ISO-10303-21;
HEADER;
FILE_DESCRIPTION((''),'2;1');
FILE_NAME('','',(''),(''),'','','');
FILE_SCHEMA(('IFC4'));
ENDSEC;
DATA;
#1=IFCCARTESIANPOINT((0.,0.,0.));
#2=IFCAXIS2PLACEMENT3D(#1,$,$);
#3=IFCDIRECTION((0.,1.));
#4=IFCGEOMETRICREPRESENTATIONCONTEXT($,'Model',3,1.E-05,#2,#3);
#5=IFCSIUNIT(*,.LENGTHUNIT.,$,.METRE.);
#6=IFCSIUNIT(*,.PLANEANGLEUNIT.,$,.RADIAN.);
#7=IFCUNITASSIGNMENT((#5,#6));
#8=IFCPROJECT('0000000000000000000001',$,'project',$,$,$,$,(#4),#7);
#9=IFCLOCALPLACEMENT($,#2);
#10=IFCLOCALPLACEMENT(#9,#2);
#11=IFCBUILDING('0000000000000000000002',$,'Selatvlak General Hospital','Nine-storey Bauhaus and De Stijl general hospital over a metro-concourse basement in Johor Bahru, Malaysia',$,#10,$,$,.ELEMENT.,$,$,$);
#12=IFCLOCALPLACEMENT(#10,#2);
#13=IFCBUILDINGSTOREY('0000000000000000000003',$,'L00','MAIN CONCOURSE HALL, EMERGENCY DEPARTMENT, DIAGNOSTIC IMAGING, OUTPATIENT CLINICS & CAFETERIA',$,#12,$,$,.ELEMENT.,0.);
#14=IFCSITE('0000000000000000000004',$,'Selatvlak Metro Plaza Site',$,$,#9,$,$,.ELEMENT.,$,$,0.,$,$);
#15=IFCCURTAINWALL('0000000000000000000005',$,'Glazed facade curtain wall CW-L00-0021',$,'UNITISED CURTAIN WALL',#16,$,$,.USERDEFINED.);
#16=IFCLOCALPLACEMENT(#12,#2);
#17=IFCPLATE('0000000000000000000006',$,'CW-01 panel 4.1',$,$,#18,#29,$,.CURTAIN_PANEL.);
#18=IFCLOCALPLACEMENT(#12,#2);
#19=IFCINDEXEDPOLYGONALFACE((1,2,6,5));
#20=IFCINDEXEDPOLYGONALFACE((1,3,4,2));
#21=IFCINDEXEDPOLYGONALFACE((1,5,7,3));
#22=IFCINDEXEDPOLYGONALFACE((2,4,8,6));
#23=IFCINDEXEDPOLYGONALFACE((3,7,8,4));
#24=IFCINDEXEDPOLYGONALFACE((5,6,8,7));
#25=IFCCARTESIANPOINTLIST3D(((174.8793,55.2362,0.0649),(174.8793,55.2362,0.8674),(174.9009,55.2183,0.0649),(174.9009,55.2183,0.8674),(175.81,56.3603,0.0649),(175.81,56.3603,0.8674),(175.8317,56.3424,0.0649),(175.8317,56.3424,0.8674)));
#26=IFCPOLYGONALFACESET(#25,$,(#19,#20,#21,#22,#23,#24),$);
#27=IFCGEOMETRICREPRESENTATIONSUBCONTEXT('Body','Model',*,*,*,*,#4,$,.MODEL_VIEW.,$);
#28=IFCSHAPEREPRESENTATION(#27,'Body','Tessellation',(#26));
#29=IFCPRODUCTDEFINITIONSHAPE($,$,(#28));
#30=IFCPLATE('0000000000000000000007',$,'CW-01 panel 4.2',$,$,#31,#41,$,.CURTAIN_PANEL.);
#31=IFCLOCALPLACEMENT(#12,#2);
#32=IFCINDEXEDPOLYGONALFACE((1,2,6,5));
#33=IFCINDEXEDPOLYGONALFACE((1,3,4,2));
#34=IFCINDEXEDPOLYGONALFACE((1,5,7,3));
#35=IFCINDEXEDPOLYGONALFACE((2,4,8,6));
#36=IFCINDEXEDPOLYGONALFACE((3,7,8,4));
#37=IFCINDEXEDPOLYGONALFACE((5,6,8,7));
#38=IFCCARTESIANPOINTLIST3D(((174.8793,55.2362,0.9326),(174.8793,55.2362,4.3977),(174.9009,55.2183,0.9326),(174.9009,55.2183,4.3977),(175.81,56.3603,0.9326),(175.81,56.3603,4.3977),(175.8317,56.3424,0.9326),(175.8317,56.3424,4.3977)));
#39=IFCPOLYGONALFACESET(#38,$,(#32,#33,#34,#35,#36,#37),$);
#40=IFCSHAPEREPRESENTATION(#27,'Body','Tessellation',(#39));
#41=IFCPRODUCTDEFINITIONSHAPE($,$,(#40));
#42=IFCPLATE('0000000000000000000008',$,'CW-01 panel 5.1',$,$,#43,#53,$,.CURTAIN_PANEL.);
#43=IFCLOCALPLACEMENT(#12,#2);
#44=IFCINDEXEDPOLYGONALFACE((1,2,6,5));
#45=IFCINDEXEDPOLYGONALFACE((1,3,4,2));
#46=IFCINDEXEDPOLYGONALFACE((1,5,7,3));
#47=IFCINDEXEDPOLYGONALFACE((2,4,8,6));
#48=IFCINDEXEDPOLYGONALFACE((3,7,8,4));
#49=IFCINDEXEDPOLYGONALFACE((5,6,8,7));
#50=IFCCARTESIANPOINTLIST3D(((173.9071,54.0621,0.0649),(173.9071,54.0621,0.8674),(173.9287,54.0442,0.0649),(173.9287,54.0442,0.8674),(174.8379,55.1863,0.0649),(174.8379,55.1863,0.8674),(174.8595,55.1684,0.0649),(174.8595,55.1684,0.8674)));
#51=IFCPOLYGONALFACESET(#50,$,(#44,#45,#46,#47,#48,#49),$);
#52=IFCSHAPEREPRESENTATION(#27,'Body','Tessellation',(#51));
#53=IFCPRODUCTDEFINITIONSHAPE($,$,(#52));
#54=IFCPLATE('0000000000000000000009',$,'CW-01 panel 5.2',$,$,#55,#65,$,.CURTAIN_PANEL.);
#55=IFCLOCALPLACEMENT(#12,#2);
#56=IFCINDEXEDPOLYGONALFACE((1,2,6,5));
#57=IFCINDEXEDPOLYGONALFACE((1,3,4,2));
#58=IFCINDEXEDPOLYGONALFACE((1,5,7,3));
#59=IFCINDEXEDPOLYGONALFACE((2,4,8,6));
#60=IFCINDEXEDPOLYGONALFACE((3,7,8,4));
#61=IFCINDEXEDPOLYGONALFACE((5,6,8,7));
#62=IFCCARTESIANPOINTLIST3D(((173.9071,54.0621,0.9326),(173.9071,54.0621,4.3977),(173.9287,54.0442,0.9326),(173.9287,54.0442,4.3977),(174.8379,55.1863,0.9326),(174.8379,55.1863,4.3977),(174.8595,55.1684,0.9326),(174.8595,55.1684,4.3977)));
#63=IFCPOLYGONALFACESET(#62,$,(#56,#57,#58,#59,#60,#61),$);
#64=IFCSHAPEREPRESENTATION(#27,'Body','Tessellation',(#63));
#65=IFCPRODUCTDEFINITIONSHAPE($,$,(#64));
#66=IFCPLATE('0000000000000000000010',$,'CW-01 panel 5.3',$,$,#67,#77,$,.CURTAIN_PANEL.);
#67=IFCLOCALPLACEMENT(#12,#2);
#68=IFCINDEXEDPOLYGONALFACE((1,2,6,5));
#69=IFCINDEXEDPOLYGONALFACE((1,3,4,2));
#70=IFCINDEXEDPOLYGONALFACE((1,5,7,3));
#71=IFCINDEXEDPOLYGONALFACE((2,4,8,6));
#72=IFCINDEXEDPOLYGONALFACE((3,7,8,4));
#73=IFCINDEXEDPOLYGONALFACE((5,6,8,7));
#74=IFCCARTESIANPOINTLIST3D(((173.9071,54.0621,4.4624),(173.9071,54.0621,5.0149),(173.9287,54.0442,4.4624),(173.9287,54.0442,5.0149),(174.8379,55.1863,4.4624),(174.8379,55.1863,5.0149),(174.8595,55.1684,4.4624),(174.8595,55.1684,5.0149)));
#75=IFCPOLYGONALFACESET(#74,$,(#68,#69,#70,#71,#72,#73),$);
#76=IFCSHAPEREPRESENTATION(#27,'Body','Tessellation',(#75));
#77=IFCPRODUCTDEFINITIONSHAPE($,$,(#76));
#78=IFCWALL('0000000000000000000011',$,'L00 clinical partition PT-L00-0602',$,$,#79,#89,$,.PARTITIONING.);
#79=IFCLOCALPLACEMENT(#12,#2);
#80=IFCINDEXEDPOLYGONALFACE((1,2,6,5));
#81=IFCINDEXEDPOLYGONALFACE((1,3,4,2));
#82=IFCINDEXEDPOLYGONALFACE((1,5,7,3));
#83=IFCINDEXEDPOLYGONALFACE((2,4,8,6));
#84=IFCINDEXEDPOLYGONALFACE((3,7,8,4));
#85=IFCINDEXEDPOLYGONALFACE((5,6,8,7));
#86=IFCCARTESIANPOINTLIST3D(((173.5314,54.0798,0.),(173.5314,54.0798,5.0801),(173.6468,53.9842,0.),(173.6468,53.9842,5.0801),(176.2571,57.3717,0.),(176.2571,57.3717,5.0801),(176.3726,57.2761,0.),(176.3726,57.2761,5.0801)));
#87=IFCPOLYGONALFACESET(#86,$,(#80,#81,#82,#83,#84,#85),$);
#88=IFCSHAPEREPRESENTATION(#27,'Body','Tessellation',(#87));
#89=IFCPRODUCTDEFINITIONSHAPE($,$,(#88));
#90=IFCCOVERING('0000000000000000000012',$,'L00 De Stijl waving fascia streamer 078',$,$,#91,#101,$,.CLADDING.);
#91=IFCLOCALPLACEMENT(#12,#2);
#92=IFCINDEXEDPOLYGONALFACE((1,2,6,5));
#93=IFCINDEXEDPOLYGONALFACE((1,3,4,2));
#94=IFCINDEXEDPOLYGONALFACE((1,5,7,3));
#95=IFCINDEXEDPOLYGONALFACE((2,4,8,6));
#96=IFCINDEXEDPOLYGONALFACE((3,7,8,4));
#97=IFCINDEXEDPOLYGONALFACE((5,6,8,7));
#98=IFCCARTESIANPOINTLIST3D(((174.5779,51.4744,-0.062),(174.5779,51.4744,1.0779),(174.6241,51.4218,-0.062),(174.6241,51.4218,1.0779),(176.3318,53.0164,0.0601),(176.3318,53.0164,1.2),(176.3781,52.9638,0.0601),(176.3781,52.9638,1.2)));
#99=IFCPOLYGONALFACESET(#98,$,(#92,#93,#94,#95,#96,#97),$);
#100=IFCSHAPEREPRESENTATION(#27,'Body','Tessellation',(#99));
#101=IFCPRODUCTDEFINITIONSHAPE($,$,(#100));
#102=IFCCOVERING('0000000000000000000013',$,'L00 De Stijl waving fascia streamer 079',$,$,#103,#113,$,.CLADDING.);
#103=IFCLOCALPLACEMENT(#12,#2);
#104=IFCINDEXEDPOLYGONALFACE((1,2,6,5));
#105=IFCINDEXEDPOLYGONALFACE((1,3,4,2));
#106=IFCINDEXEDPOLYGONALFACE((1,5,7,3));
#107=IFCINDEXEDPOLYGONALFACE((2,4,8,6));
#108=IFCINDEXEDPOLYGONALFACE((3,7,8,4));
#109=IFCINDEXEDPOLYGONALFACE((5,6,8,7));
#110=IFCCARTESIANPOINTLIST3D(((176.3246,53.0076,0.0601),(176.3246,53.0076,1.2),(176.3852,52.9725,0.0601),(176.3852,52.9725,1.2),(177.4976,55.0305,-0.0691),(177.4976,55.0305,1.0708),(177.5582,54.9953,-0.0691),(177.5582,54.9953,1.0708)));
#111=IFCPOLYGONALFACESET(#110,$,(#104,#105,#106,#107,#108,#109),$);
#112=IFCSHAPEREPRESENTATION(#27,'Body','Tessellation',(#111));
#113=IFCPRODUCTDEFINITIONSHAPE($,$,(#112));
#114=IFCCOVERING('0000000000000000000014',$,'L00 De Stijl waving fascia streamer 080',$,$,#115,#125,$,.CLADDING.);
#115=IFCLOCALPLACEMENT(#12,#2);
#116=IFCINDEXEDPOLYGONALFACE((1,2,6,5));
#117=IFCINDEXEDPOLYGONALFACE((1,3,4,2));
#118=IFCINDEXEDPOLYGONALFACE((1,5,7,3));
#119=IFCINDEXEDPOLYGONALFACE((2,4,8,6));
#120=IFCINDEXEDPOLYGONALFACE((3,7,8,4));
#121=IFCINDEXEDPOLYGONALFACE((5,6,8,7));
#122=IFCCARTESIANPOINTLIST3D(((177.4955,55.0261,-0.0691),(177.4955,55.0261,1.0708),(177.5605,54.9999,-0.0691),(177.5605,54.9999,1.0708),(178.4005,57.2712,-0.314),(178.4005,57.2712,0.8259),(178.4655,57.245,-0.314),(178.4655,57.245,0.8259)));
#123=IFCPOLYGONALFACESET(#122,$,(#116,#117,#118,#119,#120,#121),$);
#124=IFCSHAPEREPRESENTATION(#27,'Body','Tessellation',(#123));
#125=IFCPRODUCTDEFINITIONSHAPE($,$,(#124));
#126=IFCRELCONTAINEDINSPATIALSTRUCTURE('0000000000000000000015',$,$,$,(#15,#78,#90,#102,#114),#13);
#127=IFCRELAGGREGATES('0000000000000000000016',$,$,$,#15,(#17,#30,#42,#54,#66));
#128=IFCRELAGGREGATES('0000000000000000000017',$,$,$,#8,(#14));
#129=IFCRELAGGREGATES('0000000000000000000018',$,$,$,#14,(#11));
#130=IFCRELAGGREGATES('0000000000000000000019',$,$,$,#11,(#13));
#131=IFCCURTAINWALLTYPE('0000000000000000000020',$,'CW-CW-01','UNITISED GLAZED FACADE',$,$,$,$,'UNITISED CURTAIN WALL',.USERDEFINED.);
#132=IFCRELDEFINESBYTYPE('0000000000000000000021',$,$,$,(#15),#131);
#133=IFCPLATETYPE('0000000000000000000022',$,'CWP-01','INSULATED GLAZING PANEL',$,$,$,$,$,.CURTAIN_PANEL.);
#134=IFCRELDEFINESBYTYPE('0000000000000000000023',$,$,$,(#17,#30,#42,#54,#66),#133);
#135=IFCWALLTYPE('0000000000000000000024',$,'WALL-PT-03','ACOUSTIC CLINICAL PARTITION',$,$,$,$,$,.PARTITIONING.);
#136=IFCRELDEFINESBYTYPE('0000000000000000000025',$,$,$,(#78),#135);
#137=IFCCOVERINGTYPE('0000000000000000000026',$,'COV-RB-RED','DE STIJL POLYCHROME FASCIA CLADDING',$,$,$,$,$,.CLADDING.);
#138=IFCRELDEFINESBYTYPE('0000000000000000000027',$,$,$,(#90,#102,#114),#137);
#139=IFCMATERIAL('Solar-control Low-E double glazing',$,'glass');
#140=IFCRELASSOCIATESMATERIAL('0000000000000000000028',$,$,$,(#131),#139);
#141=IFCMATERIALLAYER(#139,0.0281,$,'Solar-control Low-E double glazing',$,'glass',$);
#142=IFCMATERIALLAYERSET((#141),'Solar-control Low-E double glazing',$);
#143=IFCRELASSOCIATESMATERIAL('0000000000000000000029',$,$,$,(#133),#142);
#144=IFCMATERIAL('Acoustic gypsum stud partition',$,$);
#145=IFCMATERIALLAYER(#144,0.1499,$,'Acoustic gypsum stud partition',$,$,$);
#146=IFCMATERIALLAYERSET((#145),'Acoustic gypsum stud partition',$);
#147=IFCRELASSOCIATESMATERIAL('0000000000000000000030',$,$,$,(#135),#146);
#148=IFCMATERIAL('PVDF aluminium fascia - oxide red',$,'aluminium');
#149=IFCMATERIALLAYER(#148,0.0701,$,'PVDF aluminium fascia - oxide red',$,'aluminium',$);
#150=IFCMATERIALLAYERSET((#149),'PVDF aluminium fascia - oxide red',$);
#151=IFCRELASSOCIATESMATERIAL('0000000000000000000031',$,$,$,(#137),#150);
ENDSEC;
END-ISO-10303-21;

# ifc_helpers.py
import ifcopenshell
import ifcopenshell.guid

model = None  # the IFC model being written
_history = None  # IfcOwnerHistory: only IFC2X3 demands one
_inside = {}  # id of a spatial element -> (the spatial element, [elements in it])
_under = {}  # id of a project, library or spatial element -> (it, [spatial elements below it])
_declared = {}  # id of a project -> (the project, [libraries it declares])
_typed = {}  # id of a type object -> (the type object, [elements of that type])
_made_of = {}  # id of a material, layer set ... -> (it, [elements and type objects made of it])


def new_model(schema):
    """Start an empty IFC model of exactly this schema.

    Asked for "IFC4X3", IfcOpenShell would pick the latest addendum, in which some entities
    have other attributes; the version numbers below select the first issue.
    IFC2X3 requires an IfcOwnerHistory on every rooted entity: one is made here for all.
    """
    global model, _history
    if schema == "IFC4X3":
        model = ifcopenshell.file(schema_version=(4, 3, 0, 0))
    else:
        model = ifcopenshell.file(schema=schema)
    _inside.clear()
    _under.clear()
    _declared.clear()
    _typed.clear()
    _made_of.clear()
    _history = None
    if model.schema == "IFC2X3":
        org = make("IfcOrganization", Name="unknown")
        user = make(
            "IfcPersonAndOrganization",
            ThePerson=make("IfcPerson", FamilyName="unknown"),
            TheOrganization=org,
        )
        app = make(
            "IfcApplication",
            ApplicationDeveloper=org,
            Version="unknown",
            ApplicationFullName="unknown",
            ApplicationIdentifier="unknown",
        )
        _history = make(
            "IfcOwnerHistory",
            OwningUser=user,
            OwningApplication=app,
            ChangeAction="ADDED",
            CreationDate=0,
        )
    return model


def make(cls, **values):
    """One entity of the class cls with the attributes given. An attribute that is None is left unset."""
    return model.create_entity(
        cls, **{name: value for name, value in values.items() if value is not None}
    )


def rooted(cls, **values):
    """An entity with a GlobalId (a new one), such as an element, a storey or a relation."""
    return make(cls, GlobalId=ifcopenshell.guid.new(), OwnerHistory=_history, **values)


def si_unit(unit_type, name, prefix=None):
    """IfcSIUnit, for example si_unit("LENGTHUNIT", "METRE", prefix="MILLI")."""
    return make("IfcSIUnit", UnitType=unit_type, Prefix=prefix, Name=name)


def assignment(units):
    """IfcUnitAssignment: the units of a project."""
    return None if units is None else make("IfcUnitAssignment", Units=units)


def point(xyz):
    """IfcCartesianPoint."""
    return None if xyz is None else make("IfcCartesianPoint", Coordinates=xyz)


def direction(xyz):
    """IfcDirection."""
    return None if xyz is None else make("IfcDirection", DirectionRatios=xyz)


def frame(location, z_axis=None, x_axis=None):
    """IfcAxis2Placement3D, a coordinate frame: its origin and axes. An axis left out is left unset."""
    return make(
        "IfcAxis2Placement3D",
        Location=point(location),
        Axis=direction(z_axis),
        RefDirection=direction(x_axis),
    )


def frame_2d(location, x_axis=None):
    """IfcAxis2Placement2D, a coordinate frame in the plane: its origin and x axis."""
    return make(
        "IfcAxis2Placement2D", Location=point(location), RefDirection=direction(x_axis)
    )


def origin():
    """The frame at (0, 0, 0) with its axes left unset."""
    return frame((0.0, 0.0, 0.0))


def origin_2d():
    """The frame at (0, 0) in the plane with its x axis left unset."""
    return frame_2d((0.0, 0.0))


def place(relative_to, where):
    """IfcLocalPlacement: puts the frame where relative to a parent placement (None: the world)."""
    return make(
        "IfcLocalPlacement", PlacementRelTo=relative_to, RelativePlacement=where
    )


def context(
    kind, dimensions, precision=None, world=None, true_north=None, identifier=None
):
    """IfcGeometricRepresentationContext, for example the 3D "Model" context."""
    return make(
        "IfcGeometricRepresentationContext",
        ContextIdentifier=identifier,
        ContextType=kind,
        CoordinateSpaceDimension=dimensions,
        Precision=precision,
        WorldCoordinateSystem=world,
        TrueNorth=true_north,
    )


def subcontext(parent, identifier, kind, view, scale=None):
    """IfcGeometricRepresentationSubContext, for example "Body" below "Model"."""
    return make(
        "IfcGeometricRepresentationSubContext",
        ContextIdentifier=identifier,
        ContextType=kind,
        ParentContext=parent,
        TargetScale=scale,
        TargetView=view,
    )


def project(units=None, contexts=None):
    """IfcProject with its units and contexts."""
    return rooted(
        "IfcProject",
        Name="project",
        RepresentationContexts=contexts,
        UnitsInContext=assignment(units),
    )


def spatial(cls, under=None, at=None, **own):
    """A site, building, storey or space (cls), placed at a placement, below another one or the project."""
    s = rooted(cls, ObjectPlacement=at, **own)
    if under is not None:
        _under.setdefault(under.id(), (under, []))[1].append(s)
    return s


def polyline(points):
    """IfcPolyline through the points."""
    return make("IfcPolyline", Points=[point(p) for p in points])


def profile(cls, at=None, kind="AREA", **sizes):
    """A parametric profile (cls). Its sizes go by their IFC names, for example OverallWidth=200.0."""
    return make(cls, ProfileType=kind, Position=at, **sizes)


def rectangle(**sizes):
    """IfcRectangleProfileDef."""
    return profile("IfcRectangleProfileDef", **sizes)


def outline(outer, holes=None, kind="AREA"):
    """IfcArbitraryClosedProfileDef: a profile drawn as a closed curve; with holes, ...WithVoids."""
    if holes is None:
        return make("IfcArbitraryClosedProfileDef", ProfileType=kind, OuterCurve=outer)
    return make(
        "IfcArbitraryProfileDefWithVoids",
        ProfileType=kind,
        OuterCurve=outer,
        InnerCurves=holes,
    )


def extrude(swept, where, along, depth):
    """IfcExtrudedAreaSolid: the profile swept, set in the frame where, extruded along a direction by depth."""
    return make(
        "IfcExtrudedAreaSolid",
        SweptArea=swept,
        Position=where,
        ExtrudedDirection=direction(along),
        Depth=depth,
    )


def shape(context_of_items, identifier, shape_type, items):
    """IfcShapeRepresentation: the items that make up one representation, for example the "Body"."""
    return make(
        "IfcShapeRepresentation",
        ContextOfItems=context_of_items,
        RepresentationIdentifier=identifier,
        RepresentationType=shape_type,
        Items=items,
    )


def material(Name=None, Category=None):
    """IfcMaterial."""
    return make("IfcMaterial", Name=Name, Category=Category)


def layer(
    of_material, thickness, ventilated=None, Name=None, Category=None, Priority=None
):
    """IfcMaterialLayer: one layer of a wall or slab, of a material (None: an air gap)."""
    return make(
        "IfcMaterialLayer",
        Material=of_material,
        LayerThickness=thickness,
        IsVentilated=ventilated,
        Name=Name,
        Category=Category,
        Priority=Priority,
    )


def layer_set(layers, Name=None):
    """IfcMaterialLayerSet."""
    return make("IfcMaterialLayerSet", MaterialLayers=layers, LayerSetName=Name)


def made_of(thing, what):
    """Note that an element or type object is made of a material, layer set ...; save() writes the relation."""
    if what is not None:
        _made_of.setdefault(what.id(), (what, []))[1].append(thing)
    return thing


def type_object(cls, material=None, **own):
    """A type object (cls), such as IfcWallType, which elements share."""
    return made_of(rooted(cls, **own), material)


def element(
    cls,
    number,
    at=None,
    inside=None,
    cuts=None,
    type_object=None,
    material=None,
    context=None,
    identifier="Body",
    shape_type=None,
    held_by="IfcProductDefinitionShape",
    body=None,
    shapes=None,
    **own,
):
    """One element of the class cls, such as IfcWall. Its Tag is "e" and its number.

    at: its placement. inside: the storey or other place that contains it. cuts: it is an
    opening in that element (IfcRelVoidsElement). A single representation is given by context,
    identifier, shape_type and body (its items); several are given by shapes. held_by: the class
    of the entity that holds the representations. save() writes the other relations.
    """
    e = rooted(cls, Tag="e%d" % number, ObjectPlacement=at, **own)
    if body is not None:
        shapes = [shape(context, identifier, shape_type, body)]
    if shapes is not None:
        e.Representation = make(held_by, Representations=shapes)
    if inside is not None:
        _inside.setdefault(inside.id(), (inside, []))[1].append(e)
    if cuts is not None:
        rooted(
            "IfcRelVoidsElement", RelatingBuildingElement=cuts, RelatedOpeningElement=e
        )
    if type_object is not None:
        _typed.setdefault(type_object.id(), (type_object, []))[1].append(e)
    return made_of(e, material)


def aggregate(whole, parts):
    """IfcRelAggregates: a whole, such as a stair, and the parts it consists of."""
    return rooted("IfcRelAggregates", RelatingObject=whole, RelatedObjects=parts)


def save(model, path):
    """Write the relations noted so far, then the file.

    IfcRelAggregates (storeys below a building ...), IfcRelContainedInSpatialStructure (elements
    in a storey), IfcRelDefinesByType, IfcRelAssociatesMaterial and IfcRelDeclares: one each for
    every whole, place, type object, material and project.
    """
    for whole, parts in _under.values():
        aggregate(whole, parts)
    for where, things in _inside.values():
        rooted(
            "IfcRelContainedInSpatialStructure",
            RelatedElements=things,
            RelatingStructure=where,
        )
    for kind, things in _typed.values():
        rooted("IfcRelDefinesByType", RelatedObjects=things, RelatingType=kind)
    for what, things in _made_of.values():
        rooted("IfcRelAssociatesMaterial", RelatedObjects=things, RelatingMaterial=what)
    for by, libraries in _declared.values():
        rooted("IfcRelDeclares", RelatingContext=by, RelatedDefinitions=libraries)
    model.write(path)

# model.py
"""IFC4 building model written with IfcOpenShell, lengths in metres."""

from ifc_helpers import new_model, si_unit, direction, frame, frame_2d, origin, origin_2d, place, context, subcontext, project, spatial, polyline, rectangle, outline, extrude, material, layer, layer_set, type_object, element, aggregate, save


model = new_model("IFC4")

# Units and contexts
model_context = context("Model", 3, precision=1e-05, world=origin(), true_north=direction((0.0, 1.0)))
body_context = subcontext(model_context, "Body", "Model", "MODEL_VIEW")
ifc_project = project(units=[si_unit("LENGTHUNIT", "METRE"), si_unit("PLANEANGLEUNIT", "RADIAN")], contexts=[model_context])

# Site, building, storey
site_placement = place(None, origin())
site = spatial("IfcSite", under=ifc_project, at=site_placement, Name="Selatvlak Metro Plaza Site", CompositionType="ELEMENT", RefElevation=0.0)
building_placement = place(site_placement, origin())
building = spatial("IfcBuilding", under=site, at=building_placement, Name="Selatvlak General Hospital", Description="Nine-storey Bauhaus and De Stijl general hospital over a metro-concourse basement in Johor Bahru, Malaysia", CompositionType="ELEMENT")
storey_placement = place(building_placement, origin())
storey = spatial("IfcBuildingStorey", under=building, at=storey_placement, Name="L00", Description="MAIN CONCOURSE HALL, EMERGENCY DEPARTMENT, DIAGNOSTIC IMAGING, OUTPATIENT CLINICS & CAFETERIA", CompositionType="ELEMENT", Elevation=0.0)

# Curtain wall, plates
ifc_material_1 = material(Name="Solar-control Low-E double glazing", Category="glass")
curtain_wall_type = type_object("IfcCurtainWallType", Name="CW-CW-01", Description="UNITISED GLAZED FACADE", ElementType="UNITISED CURTAIN WALL", PredefinedType="USERDEFINED", material=ifc_material_1)
curtain_wall_placement = place(storey_placement, origin())
curtain_wall = element("IfcCurtainWall", 1, at=curtain_wall_placement, inside=storey, type_object=curtain_wall_type, Name="Glazed facade curtain wall CW-L00-0021", ObjectType="UNITISED CURTAIN WALL", PredefinedType="USERDEFINED")
ifc_layer_1 = layer(ifc_material_1, 0.0281, Name="Solar-control Low-E double glazing", Category="glass")
ifc_layer_set_1 = layer_set([ifc_layer_1], Name="Solar-control Low-E double glazing")
plate_type = type_object("IfcPlateType", Name="CWP-01", Description="INSULATED GLAZING PANEL", PredefinedType="CURTAIN_PANEL", material=ifc_layer_set_1)
plate_1_placement = place(storey_placement, frame((175.3555, 55.7893, 0.0649), z_axis=(0.0, 0.0, 1.0), x_axis=(-0.63774, -0.770252, 0.0)))
plate_1 = element("IfcPlate", 2, at=plate_1_placement, type_object=plate_type, Name="CW-01 panel 4.1", PredefinedType="CURTAIN_PANEL", context=body_context, shape_type="SweptSolid", body=[
    extrude(rectangle(XDim=1.4595, YDim=0.0281, at=origin_2d()), origin(), (0.0, 0.0, 1.0), 0.8025),
])
plate_2_placement = place(storey_placement, frame((175.3555, 55.7893, 0.9326), z_axis=(0.0, 0.0, 1.0), x_axis=(-0.63774, -0.770252, 0.0)))
plate_2 = element("IfcPlate", 3, at=plate_2_placement, type_object=plate_type, Name="CW-01 panel 4.2", PredefinedType="CURTAIN_PANEL", context=body_context, shape_type="SweptSolid", body=[
    extrude(rectangle(XDim=1.4595, YDim=0.0281, at=origin_2d()), origin(), (0.0, 0.0, 1.0), 3.4651),
])
plate_3_placement = place(storey_placement, frame((174.3833, 54.6152, 0.0649), z_axis=(0.0, 0.0, 1.0), x_axis=(-0.63774, -0.770252, 0.0)))
plate_3 = element("IfcPlate", 4, at=plate_3_placement, type_object=plate_type, Name="CW-01 panel 5.1", PredefinedType="CURTAIN_PANEL", context=body_context, shape_type="SweptSolid", body=[
    extrude(rectangle(XDim=1.4595, YDim=0.0281, at=origin_2d()), origin(), (0.0, 0.0, 1.0), 0.8025),
])
plate_4_placement = place(storey_placement, frame((174.3833, 54.6152, 0.9326), z_axis=(0.0, 0.0, 1.0), x_axis=(-0.63774, -0.770252, 0.0)))
plate_4 = element("IfcPlate", 5, at=plate_4_placement, type_object=plate_type, Name="CW-01 panel 5.2", PredefinedType="CURTAIN_PANEL", context=body_context, shape_type="SweptSolid", body=[
    extrude(rectangle(XDim=1.4595, YDim=0.0281, at=origin_2d()), origin(), (0.0, 0.0, 1.0), 3.4651),
])
plate_5_placement = place(storey_placement, frame((174.3833, 54.6152, 4.4624), z_axis=(0.0, 0.0, 1.0), x_axis=(-0.63774, -0.770252, 0.0)))
plate_5 = element("IfcPlate", 6, at=plate_5_placement, type_object=plate_type, Name="CW-01 panel 5.3", PredefinedType="CURTAIN_PANEL", context=body_context, shape_type="SweptSolid", body=[
    extrude(rectangle(XDim=1.4595, YDim=0.0281, at=origin_2d()), origin(), (0.0, 0.0, 1.0), 0.5525),
])
aggregate(curtain_wall, [plate_1, plate_2, plate_3, plate_4, plate_5])

# Wall
ifc_material_2 = material(Name="Acoustic gypsum stud partition")
ifc_layer_2 = layer(ifc_material_2, 0.1499, Name="Acoustic gypsum stud partition")
ifc_layer_set_2 = layer_set([ifc_layer_2], Name="Acoustic gypsum stud partition")
wall_type = type_object("IfcWallType", Name="WALL-PT-03", Description="ACOUSTIC CLINICAL PARTITION", PredefinedType="PARTITIONING", material=ifc_layer_set_2)
wall_placement = place(storey_placement, frame((173.5891, 54.032, 0.0), z_axis=(0.0, 0.0, 1.0), x_axis=(0.637765, 0.770231, 0.0)))
element("IfcWall", 7, at=wall_placement, inside=storey, type_object=wall_type, Name="L00 clinical partition PT-L00-0602", PredefinedType="PARTITIONING", context=body_context, shape_type="SweptSolid", body=[
    extrude(rectangle(XDim=4.2739, YDim=0.1499, at=frame_2d((2.137, 0.0))), origin(), (0.0, 0.0, 1.0), 5.0801),
])

# Coverings
ifc_material_3 = material(Name="PVDF aluminium fascia - oxide red", Category="aluminium")
ifc_layer_3 = layer(ifc_material_3, 0.0701, Name="PVDF aluminium fascia - oxide red", Category="aluminium")
ifc_layer_set_3 = layer_set([ifc_layer_3], Name="PVDF aluminium fascia - oxide red")
covering_type = type_object("IfcCoveringType", Name="COV-RB-RED", Description="DE STIJL POLYCHROME FASCIA CLADDING", PredefinedType="CLADDING", material=ifc_layer_set_3)
covering_1_placement = place(storey_placement, frame((174.6011, 51.448, -0.062), z_axis=(0.0, 0.0, 1.0), x_axis=(0.75102, 0.660279, 0.0)))
element("IfcCovering", 8, at=covering_1_placement, inside=storey, type_object=covering_type, Name="L00 De Stijl waving fascia streamer 078", PredefinedType="CLADDING", context=body_context, shape_type="SweptSolid", body=[
    extrude(outline(polyline([(0.0, 0.0), (2.3354, 0.1221), (2.3354, 1.262), (0.0, 1.1399), (0.0, 0.0)])), frame((0.0, 0.0352, 0.0), z_axis=(0.0, -1.0, 0.0), x_axis=(1.0, 0.0, 0.0)), (0.0, 0.0, 1.0), 0.0701),
])
covering_2_placement = place(storey_placement, frame((176.355, 52.99, 0.0601), z_axis=(0.0, 0.0, 1.0), x_axis=(0.501649, 0.865071, 0.0)))
element("IfcCovering", 9, at=covering_2_placement, inside=storey, type_object=covering_type, Name="L00 De Stijl waving fascia streamer 079", PredefinedType="CLADDING", context=body_context, shape_type="SweptSolid", body=[
    extrude(outline(polyline([(0.0, 0.0), (2.3384, -0.1292), (2.3384, 1.0107), (0.0, 1.1399), (0.0, 0.0)])), frame((0.0, 0.0352, 0.0), z_axis=(0.0, -1.0, 0.0), x_axis=(1.0, 0.0, 0.0)), (0.0, 0.0, 1.0), 0.0701),
])
covering_3_placement = place(storey_placement, frame((177.5281, 55.0129, -0.0691), z_axis=(0.0, 0.0, 1.0), x_axis=(0.373876, 0.927479, 0.0)))
element("IfcCovering", 10, at=covering_3_placement, inside=storey, type_object=covering_type, Name="L00 De Stijl waving fascia streamer 080", PredefinedType="CLADDING", context=body_context, shape_type="SweptSolid", body=[
    extrude(outline(polyline([(0.0, 0.0), (2.4207, -0.2449), (2.4207, 0.895), (0.0, 1.1399), (0.0, 0.0)])), frame((0.0, 0.0352, 0.0), z_axis=(0.0, -1.0, 0.0), x_axis=(1.0, 0.0, 0.0)), (0.0, 0.0, 1.0), 0.0701),
])

save(model, "model.ifc")
